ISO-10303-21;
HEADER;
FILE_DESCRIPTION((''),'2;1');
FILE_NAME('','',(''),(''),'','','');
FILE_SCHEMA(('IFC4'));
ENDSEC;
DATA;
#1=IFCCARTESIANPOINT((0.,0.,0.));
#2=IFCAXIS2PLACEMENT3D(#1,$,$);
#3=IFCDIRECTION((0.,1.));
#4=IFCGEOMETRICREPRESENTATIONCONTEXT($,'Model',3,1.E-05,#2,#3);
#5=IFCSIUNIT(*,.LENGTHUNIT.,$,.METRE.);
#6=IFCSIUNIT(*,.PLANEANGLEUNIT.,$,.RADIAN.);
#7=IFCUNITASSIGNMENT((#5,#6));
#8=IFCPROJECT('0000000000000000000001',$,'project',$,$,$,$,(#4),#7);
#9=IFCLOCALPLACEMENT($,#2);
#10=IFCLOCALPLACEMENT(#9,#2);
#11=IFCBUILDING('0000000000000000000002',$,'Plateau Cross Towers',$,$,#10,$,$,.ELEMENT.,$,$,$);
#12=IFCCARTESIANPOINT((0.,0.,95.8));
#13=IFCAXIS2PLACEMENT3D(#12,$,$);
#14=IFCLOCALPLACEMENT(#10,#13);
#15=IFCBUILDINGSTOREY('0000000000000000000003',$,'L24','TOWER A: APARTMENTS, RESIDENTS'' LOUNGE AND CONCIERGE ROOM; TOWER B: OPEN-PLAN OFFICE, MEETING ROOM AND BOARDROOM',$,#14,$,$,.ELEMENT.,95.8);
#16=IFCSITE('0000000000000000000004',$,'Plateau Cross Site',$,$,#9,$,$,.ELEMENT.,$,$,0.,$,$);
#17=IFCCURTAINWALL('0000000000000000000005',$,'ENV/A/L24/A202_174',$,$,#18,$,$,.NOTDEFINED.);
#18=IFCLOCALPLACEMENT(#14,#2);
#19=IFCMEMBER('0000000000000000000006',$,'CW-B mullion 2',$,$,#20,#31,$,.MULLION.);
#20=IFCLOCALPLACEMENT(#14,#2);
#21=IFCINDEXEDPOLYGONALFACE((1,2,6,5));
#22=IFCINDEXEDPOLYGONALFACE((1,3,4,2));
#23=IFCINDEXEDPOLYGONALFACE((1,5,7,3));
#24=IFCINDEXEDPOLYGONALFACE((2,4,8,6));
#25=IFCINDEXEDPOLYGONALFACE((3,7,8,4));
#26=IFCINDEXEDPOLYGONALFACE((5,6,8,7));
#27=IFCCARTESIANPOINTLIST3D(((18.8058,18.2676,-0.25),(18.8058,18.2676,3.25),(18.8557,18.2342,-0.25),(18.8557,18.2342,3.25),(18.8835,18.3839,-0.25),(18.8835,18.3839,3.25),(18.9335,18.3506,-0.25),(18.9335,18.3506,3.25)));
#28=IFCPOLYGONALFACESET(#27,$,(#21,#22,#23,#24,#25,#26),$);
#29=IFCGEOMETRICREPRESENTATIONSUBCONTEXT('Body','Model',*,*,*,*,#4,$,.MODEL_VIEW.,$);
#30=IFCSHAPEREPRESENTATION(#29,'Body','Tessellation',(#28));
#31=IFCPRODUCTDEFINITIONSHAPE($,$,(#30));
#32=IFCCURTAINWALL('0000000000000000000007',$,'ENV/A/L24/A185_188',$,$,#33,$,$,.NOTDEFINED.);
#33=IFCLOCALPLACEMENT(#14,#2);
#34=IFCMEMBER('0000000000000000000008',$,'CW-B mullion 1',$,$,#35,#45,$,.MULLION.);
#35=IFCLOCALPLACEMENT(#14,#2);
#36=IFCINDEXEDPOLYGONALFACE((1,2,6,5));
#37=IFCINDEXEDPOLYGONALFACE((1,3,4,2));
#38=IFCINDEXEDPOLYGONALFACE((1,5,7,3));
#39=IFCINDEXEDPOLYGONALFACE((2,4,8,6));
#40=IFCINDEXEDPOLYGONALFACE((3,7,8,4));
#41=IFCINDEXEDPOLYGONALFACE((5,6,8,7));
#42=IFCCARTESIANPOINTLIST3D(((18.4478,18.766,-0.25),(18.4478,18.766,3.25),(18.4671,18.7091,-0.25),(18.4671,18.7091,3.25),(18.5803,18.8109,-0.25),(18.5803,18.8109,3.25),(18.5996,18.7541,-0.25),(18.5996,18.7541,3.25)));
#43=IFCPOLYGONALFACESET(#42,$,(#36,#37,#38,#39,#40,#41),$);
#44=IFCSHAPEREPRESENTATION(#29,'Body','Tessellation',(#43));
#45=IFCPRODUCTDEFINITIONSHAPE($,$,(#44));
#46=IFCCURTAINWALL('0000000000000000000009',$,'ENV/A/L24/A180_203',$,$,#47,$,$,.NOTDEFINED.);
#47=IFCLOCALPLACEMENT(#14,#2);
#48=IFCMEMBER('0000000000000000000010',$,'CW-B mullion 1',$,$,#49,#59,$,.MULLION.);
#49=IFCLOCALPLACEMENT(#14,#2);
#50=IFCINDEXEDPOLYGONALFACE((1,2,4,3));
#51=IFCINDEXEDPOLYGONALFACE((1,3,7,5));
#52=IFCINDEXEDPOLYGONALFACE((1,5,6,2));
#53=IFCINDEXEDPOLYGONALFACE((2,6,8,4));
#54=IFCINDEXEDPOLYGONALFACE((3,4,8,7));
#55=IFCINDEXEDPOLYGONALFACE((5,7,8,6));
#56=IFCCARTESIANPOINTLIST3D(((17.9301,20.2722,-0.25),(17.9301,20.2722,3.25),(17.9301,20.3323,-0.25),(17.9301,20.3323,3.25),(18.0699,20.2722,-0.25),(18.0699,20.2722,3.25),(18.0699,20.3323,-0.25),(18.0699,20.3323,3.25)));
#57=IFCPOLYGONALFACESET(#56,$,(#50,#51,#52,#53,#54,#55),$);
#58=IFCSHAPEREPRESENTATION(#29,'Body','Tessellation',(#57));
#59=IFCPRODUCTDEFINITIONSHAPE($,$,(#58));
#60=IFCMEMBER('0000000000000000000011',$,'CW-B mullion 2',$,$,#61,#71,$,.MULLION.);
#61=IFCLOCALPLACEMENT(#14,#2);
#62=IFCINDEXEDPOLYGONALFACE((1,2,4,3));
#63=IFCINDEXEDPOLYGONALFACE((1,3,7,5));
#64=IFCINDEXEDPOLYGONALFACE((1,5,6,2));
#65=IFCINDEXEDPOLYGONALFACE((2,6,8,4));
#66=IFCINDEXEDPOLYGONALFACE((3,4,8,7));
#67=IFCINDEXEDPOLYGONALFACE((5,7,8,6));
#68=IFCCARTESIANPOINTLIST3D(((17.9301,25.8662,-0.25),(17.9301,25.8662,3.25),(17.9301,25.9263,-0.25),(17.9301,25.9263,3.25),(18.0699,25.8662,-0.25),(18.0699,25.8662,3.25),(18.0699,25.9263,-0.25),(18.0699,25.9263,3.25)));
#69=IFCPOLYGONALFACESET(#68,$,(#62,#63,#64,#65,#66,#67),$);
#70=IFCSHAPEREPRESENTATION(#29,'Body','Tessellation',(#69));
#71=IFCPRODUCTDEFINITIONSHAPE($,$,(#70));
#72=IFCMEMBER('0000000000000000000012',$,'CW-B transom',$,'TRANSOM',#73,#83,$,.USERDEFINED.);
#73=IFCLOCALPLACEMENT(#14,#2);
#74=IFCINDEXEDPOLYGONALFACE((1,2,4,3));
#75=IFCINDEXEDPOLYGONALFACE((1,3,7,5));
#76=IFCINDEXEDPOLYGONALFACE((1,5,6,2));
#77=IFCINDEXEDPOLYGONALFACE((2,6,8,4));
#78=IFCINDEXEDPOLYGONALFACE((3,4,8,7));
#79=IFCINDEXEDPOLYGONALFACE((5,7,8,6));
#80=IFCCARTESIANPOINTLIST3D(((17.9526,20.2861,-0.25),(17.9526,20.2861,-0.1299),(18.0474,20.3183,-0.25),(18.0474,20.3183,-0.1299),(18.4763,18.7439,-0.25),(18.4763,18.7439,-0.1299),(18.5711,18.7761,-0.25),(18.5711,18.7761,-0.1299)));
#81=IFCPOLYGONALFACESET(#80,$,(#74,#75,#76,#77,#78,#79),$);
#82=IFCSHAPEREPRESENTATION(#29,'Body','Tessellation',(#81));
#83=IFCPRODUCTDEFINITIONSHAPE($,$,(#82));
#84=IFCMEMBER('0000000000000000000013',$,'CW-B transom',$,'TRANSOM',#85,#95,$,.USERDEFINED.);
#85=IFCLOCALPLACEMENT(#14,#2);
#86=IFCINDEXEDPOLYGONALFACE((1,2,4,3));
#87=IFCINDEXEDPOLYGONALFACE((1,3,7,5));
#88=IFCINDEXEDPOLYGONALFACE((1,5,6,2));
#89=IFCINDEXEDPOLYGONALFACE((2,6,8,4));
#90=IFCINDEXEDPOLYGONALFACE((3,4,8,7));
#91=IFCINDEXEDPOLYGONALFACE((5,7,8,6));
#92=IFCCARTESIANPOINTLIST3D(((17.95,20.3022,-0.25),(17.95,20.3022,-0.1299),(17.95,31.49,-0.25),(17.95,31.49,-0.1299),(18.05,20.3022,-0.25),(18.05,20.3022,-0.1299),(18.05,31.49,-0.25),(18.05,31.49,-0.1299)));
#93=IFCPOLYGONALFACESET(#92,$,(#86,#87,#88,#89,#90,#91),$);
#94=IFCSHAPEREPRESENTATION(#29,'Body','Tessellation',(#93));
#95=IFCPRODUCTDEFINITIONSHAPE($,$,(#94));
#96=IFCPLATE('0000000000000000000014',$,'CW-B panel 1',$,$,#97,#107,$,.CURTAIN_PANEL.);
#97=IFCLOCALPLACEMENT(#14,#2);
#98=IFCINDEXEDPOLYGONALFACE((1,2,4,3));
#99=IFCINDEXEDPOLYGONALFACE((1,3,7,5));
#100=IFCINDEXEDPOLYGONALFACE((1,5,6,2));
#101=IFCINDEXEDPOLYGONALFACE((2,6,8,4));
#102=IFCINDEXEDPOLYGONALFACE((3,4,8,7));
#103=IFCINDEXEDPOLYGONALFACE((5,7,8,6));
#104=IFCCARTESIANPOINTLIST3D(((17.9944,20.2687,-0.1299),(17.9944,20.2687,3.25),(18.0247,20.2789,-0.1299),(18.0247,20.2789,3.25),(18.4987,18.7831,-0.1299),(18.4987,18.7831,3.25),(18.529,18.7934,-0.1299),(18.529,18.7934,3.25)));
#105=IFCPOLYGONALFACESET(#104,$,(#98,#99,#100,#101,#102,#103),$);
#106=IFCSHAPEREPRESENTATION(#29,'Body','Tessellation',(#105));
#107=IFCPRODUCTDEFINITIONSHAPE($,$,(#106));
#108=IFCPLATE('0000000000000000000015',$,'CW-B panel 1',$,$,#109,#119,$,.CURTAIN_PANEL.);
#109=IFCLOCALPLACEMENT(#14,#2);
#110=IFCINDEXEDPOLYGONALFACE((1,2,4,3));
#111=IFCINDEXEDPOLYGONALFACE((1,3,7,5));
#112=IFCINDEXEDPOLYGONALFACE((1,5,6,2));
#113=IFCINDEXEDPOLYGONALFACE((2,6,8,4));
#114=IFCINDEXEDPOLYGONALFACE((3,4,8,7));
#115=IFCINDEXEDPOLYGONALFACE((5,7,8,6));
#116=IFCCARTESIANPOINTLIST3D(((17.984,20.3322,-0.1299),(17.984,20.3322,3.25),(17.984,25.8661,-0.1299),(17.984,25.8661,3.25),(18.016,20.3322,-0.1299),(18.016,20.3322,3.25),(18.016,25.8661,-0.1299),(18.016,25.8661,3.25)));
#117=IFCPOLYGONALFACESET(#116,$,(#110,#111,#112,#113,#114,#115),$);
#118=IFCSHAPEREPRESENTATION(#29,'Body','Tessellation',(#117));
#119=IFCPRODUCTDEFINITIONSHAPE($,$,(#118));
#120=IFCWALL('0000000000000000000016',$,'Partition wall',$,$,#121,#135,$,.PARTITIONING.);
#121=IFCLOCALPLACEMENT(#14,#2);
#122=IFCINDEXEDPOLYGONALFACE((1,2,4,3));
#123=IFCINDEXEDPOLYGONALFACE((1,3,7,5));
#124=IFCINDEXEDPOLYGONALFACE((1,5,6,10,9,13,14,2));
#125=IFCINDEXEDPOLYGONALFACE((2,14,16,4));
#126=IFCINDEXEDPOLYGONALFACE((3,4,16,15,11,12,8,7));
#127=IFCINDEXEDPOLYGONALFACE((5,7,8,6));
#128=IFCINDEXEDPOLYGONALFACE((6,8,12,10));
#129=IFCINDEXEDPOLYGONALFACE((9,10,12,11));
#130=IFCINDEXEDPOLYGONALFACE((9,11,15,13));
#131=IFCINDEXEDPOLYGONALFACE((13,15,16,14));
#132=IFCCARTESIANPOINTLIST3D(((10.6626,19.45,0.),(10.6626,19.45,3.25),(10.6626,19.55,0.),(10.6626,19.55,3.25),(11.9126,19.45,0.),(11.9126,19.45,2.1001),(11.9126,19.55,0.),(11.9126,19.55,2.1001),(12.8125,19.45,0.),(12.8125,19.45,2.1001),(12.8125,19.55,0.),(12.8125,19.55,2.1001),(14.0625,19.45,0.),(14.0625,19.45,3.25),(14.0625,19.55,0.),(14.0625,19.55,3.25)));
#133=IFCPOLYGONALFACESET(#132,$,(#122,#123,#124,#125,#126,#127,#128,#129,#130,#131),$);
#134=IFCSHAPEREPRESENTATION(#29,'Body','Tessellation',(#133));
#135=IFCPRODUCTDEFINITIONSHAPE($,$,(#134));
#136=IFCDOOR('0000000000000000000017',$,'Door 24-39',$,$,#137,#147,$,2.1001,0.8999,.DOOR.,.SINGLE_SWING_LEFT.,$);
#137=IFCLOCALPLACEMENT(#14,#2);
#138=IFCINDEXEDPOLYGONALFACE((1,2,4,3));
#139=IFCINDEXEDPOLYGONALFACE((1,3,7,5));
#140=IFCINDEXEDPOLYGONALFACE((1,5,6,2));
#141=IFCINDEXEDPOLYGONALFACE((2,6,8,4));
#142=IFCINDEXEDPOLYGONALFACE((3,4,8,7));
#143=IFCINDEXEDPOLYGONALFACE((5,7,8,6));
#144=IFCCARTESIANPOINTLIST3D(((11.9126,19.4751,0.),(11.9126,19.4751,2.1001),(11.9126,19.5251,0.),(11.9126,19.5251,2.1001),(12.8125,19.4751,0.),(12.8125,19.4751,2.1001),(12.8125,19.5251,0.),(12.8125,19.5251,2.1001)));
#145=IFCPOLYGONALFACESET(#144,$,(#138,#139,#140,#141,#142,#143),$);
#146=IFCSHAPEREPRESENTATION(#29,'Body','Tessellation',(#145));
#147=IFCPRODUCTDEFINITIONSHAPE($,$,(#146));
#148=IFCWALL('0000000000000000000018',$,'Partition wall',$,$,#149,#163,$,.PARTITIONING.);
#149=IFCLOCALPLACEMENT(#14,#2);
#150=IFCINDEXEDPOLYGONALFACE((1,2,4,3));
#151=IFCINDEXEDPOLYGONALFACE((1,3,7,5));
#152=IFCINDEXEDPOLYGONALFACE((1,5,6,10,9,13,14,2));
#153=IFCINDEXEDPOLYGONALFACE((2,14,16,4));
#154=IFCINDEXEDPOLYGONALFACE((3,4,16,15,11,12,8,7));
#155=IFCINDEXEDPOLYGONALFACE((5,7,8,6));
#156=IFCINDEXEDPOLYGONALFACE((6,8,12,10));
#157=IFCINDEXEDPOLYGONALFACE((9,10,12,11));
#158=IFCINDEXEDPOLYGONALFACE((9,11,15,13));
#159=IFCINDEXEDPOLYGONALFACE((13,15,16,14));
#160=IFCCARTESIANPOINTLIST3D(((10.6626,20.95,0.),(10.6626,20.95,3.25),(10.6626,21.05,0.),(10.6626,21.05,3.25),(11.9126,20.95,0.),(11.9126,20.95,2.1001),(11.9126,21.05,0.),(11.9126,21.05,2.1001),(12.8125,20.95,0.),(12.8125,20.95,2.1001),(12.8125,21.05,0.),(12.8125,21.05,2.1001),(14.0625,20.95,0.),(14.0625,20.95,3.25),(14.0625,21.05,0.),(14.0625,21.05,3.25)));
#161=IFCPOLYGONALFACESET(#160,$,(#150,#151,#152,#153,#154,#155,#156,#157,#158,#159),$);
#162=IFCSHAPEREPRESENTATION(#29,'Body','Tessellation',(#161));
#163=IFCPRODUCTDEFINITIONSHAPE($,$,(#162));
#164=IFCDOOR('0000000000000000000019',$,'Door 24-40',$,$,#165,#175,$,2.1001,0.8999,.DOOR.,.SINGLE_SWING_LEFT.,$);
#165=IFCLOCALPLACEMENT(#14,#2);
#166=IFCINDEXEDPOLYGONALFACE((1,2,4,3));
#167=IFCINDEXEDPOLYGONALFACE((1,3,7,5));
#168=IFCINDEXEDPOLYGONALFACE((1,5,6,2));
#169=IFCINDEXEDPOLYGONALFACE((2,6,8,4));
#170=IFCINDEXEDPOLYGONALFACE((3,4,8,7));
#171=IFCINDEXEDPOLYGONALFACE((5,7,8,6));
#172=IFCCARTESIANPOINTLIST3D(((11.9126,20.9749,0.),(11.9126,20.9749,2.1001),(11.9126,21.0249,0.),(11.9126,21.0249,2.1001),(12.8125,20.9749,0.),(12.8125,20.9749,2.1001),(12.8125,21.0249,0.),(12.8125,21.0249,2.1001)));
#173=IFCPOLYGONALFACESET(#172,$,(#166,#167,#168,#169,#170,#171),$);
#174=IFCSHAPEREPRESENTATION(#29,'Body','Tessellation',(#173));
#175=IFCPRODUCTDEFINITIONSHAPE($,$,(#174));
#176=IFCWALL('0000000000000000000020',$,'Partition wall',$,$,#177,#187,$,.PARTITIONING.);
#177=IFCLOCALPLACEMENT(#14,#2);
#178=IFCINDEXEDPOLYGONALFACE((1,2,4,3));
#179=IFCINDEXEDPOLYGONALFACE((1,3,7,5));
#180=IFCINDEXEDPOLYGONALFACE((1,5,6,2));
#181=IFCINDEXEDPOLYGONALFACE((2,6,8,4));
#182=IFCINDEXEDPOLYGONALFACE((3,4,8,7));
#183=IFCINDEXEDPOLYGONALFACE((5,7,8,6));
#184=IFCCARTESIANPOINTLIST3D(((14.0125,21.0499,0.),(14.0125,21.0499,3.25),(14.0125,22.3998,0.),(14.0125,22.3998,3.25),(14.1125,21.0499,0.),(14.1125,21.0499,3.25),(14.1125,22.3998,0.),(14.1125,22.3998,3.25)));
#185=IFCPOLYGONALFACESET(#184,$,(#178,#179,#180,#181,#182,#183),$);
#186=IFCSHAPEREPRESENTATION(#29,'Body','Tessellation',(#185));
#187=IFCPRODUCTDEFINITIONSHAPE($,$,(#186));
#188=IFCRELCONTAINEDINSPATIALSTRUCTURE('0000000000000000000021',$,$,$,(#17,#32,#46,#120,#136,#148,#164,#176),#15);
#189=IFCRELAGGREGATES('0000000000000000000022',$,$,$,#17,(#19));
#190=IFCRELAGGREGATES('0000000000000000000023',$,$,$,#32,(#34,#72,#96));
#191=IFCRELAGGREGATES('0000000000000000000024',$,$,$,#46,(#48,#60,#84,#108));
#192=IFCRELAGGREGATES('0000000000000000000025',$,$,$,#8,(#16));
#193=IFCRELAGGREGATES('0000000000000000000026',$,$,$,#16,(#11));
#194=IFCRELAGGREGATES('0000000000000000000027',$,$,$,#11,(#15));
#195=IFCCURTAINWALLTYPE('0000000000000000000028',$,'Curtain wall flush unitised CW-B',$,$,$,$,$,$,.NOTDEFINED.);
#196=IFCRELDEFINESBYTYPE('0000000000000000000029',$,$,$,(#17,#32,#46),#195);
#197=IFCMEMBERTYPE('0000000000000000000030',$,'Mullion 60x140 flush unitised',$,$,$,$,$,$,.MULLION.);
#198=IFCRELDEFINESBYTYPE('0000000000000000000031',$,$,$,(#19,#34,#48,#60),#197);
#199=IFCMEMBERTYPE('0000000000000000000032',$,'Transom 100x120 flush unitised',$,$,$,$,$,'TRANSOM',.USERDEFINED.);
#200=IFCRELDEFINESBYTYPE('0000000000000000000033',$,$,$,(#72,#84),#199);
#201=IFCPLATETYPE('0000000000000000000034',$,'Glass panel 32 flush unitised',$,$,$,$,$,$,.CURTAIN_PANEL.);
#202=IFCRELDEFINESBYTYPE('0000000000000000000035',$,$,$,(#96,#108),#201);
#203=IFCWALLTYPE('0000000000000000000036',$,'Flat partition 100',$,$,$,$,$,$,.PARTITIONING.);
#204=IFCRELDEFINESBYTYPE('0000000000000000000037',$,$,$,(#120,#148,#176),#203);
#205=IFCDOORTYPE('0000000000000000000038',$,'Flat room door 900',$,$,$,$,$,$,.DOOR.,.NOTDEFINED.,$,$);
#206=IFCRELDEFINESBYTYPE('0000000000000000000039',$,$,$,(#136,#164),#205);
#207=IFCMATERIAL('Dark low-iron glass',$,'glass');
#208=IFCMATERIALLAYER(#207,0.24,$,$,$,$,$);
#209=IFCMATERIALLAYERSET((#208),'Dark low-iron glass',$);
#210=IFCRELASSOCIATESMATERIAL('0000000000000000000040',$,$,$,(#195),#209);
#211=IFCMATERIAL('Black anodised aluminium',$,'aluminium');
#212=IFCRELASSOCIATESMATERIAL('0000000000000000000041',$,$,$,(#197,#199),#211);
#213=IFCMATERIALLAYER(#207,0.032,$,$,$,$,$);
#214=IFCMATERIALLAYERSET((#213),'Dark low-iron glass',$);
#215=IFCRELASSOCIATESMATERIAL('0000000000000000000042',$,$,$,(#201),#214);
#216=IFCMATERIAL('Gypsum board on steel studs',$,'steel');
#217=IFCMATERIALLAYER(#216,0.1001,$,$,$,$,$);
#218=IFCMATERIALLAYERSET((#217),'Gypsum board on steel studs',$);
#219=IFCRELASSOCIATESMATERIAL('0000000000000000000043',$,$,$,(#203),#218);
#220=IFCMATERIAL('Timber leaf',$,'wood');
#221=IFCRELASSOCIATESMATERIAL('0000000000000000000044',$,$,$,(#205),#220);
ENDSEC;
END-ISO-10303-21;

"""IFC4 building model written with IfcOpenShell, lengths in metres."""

from ifc_helpers import new_model, si_unit, direction, frame, frame_2d, origin, origin_2d, place, context, subcontext, project, spatial, rectangle, extrude, material, layer, layer_set, material_profile, profile_set, type_object, element, fill, aggregate, save


model = new_model("IFC4")

# Units and contexts
model_context = context("Model", 3, precision=1e-05, world=origin(), true_north=direction((0.0, 1.0)))
body_context = subcontext(model_context, "Body", "Model", "MODEL_VIEW")
ifc_project = project(units=[si_unit("LENGTHUNIT", "METRE"), si_unit("PLANEANGLEUNIT", "RADIAN")], contexts=[model_context])

# Site, building, storey
site_placement = place(None, origin())
site = spatial("IfcSite", under=ifc_project, at=site_placement, Name="Plateau Cross Site", CompositionType="ELEMENT", RefElevation=0.0)
building_placement = place(site_placement, origin())
building = spatial("IfcBuilding", under=site, at=building_placement, Name="Plateau Cross Towers", CompositionType="ELEMENT")
storey_placement = place(building_placement, frame((0.0, 0.0, 95.8)))
storey = spatial("IfcBuildingStorey", under=building, at=storey_placement, Name="L24", Description="TOWER A: APARTMENTS, RESIDENTS' LOUNGE AND CONCIERGE ROOM; TOWER B: OPEN-PLAN OFFICE, MEETING ROOM AND BOARDROOM", CompositionType="ELEMENT", Elevation=95.8)

# Curtain walls, members
ifc_material_1 = material(Name="Dark low-iron glass", Category="glass")
ifc_layer_1 = layer(ifc_material_1, 0.24)
ifc_layer_set_1 = layer_set([ifc_layer_1], Name="Dark low-iron glass")
curtain_wall_type = type_object("IfcCurtainWallType", Name="Curtain wall flush unitised CW-B", PredefinedType="NOTDEFINED", material=ifc_layer_set_1)
curtain_wall_1_placement = place(storey_placement, origin())
curtain_wall_1 = element("IfcCurtainWall", 1, at=curtain_wall_1_placement, inside=storey, type_object=curtain_wall_type, Name="ENV/A/L24/A202_174", PredefinedType="NOTDEFINED")
ifc_material_2 = material(Name="Black anodised aluminium", Category="aluminium")
ifc_material_profile_1 = material_profile(ifc_material_2, rectangle(XDim=0.0601, YDim=0.1399, at=origin_2d()), Name="MULLION 60x140")
ifc_profile_set_1 = profile_set([ifc_material_profile_1], Name="Black anodised aluminium")
member_type_1 = type_object("IfcMemberType", Name="Mullion 60x140 flush unitised", PredefinedType="MULLION", material=ifc_profile_set_1)
member_1_placement = place(storey_placement, frame((18.8696, 18.3091, -0.25), z_axis=(0.0, 0.0, 1.0), x_axis=(-0.831521, 0.555493, 0.0)))
member_1 = element("IfcMember", 2, at=member_1_placement, type_object=member_type_1, Name="CW-B mullion 2", PredefinedType="MULLION", context=body_context, shape_type="SweptSolid", body=[
    extrude(rectangle(XDim=0.0601, YDim=0.1399, at=origin_2d()), origin(), (0.0, 0.0, 1.0), 3.5),
])
aggregate(curtain_wall_1, [member_1])
curtain_wall_2_placement = place(storey_placement, origin())
curtain_wall_2 = element("IfcCurtainWall", 3, at=curtain_wall_2_placement, inside=storey, type_object=curtain_wall_type, Name="ENV/A/L24/A185_188", PredefinedType="NOTDEFINED")
member_2_placement = place(storey_placement, frame((18.5237, 18.76, -0.25), z_axis=(0.0, 0.0, 1.0), x_axis=(-0.321469, 0.94692, 0.0)))
member_2 = element("IfcMember", 4, at=member_2_placement, type_object=member_type_1, Name="CW-B mullion 1", PredefinedType="MULLION", context=body_context, shape_type="SweptSolid", body=[
    extrude(rectangle(XDim=0.0601, YDim=0.1399, at=origin_2d()), origin(), (0.0, 0.0, 1.0), 3.5),
])

# Curtain wall, members
curtain_wall_3_placement = place(storey_placement, origin())
curtain_wall_3 = element("IfcCurtainWall", 5, at=curtain_wall_3_placement, inside=storey, type_object=curtain_wall_type, Name="ENV/A/L24/A180_203", PredefinedType="NOTDEFINED")
member_3_placement = place(storey_placement, frame((18.0, 20.3022, -0.25), z_axis=(0.0, 0.0, 1.0), x_axis=(0.0, 1.0, 0.0)))
member_3 = element("IfcMember", 6, at=member_3_placement, type_object=member_type_1, Name="CW-B mullion 1", PredefinedType="MULLION", context=body_context, shape_type="SweptSolid", body=[
    extrude(rectangle(XDim=0.0601, YDim=0.1399, at=origin_2d()), origin(), (0.0, 0.0, 1.0), 3.5),
])
member_4_placement = place(storey_placement, frame((18.0, 25.8962, -0.25), z_axis=(0.0, 0.0, 1.0), x_axis=(0.0, 1.0, 0.0)))
member_4 = element("IfcMember", 7, at=member_4_placement, type_object=member_type_1, Name="CW-B mullion 2", PredefinedType="MULLION", context=body_context, shape_type="SweptSolid", body=[
    extrude(rectangle(XDim=0.0601, YDim=0.1399, at=origin_2d()), origin(), (0.0, 0.0, 1.0), 3.5),
])

# Members
ifc_material_profile_2 = material_profile(ifc_material_2, rectangle(XDim=0.1001, YDim=0.1201, at=origin_2d()), Name="TRANSOM 100x120")
ifc_profile_set_2 = profile_set([ifc_material_profile_2], Name="Black anodised aluminium")
member_type_2 = type_object("IfcMemberType", Name="Transom 100x120 flush unitised", ElementType="TRANSOM", PredefinedType="USERDEFINED", material=ifc_profile_set_2)
member_5_placement = place(storey_placement, frame((18.5237, 18.76, -0.1899), z_axis=(-0.321529, 0.9469, 0.0), x_axis=(-0.9469, -0.321529, 0.0)))
member_5 = element("IfcMember", 8, at=member_5_placement, type_object=member_type_2, Name="CW-B transom", ObjectType="TRANSOM", PredefinedType="USERDEFINED", context=body_context, shape_type="SweptSolid", body=[
    extrude(rectangle(XDim=0.1001, YDim=0.1201, at=origin_2d()), origin(), (0.0, 0.0, 1.0), 1.6287),
])
member_6_placement = place(storey_placement, frame((18.0, 20.3022, -0.1899), z_axis=(0.0, 1.0, 0.0), x_axis=(-1.0, 0.0, 0.0)))
member_6 = element("IfcMember", 9, at=member_6_placement, type_object=member_type_2, Name="CW-B transom", ObjectType="TRANSOM", PredefinedType="USERDEFINED", context=body_context, shape_type="SweptSolid", body=[
    extrude(rectangle(XDim=0.1001, YDim=0.1201, at=origin_2d()), origin(), (0.0, 0.0, 1.0), 11.1877),
])

# Plates
ifc_layer_2 = layer(ifc_material_1, 0.032)
ifc_layer_set_2 = layer_set([ifc_layer_2], Name="Dark low-iron glass")
plate_type = type_object("IfcPlateType", Name="Glass panel 32 flush unitised", PredefinedType="CURTAIN_PANEL", material=ifc_layer_set_2)
plate_1_placement = place(storey_placement, frame((18.2617, 19.531, -0.1299), z_axis=(0.0, 0.0, 1.0), x_axis=(-0.321469, 0.94692, 0.0)))
plate_1 = element("IfcPlate", 10, at=plate_1_placement, type_object=plate_type, Name="CW-B panel 1", PredefinedType="CURTAIN_PANEL", context=body_context, shape_type="SweptSolid", body=[
    extrude(rectangle(XDim=1.5688, YDim=0.032, at=origin_2d()), origin(), (0.0, 0.0, 1.0), 3.3799),
])
aggregate(curtain_wall_2, [member_2, member_5, plate_1])
plate_2_placement = place(storey_placement, frame((18.0, 23.0991, -0.1299), z_axis=(0.0, 0.0, 1.0), x_axis=(0.0, 1.0, 0.0)))
plate_2 = element("IfcPlate", 11, at=plate_2_placement, type_object=plate_type, Name="CW-B panel 1", PredefinedType="CURTAIN_PANEL", context=body_context, shape_type="SweptSolid", body=[
    extrude(rectangle(XDim=5.5339, YDim=0.032, at=origin_2d()), origin(), (0.0, 0.0, 1.0), 3.3799),
])
aggregate(curtain_wall_3, [member_3, member_4, member_6, plate_2])

# Walls, openings, doors
ifc_material_3 = material(Name="Gypsum board on steel studs", Category="steel")
ifc_layer_3 = layer(ifc_material_3, 0.1001)
ifc_layer_set_3 = layer_set([ifc_layer_3], Name="Gypsum board on steel studs")
wall_type_1 = type_object("IfcWallType", Name="Flat partition 100", PredefinedType="PARTITIONING", material=ifc_layer_set_3)
wall_1_placement = place(storey_placement, frame((14.0625, 19.5, 0.0), z_axis=(0.0, 0.0, 1.0), x_axis=(-1.0, 0.0, 0.0)))
wall_1 = element("IfcWall", 12, at=wall_1_placement, inside=storey, type_object=wall_type_1, Name="Partition wall", PredefinedType="PARTITIONING", context=body_context, shape_type="SweptSolid", body=[
    extrude(rectangle(XDim=3.3999, YDim=0.1001, at=frame_2d((1.7, 0.0))), origin(), (0.0, 0.0, 1.0), 3.25),
])
opening_1_placement = place(wall_1_placement, frame((1.25, 0.0, 0.0)))
opening_1 = element("IfcOpeningElement", 13, at=opening_1_placement, cuts=wall_1, PredefinedType="OPENING", context=body_context, shape_type="SweptSolid", body=[
    extrude(rectangle(XDim=0.8999, YDim=2.1001, at=frame_2d((0.45, 1.05))), frame((0.0, 0.0601, 0.0), z_axis=(0.0, -1.0, 0.0), x_axis=(1.0, 0.0, 0.0)), (0.0, 0.0, 1.0), 0.1201),
])
ifc_material_4 = material(Name="Timber leaf", Category="wood")
door_type = type_object("IfcDoorType", Name="Flat room door 900", OperationType="NOTDEFINED", PredefinedType="DOOR", material=ifc_material_4)
door_1_placement = place(opening_1_placement, origin())
door_1 = element("IfcDoor", 14, at=door_1_placement, inside=storey, type_object=door_type, Name="Door 24-39", OperationType="SINGLE_SWING_LEFT", OverallHeight=2.1001, OverallWidth=0.8999, PredefinedType="DOOR", context=body_context, shape_type="SweptSolid", body=[
    extrude(rectangle(XDim=0.8999, YDim=2.1001, at=frame_2d((0.45, 1.05))), frame((0.0, 0.0249, 0.0), z_axis=(0.0, -1.0, 0.0), x_axis=(1.0, 0.0, 0.0)), (0.0, 0.0, 1.0), 0.05),
])
fill(opening_1, door_1)
wall_2_placement = place(storey_placement, frame((10.6626, 21.0, 0.0), z_axis=(0.0, 0.0, 1.0), x_axis=(1.0, 0.0, 0.0)))
wall_2 = element("IfcWall", 15, at=wall_2_placement, inside=storey, type_object=wall_type_1, Name="Partition wall", PredefinedType="PARTITIONING", context=body_context, shape_type="SweptSolid", body=[
    extrude(rectangle(XDim=3.3999, YDim=0.1001, at=frame_2d((1.7, 0.0))), origin(), (0.0, 0.0, 1.0), 3.25),
])
opening_2_placement = place(wall_2_placement, frame((1.25, 0.0, 0.0)))
opening_2 = element("IfcOpeningElement", 16, at=opening_2_placement, cuts=wall_2, PredefinedType="OPENING", context=body_context, shape_type="SweptSolid", body=[
    extrude(rectangle(XDim=0.8999, YDim=2.1001, at=frame_2d((0.45, 1.05))), frame((0.0, 0.0601, 0.0), z_axis=(0.0, -1.0, 0.0), x_axis=(1.0, 0.0, 0.0)), (0.0, 0.0, 1.0), 0.1201),
])
door_2_placement = place(opening_2_placement, origin())
door_2 = element("IfcDoor", 17, at=door_2_placement, inside=storey, type_object=door_type, Name="Door 24-40", OperationType="SINGLE_SWING_LEFT", OverallHeight=2.1001, OverallWidth=0.8999, PredefinedType="DOOR", context=body_context, shape_type="SweptSolid", body=[
    extrude(rectangle(XDim=0.8999, YDim=2.1001, at=frame_2d((0.45, 1.05))), frame((0.0, 0.0249, 0.0), z_axis=(0.0, -1.0, 0.0), x_axis=(1.0, 0.0, 0.0)), (0.0, 0.0, 1.0), 0.05),
])
fill(opening_2, door_2)

# Wall
wall_3_placement = place(storey_placement, frame((14.0625, 21.05, 0.0), z_axis=(0.0, 0.0, 1.0), x_axis=(0.0, 1.0, 0.0)))
element("IfcWall", 18, at=wall_3_placement, inside=storey, type_object=wall_type_1, Name="Partition wall", PredefinedType="PARTITIONING", context=body_context, shape_type="SweptSolid", body=[
    extrude(rectangle(XDim=1.3499, YDim=0.1001, at=frame_2d((0.6748, 0.0))), origin(), (0.0, 0.0, 1.0), 3.25),
])

save(model, "model.ifc")
